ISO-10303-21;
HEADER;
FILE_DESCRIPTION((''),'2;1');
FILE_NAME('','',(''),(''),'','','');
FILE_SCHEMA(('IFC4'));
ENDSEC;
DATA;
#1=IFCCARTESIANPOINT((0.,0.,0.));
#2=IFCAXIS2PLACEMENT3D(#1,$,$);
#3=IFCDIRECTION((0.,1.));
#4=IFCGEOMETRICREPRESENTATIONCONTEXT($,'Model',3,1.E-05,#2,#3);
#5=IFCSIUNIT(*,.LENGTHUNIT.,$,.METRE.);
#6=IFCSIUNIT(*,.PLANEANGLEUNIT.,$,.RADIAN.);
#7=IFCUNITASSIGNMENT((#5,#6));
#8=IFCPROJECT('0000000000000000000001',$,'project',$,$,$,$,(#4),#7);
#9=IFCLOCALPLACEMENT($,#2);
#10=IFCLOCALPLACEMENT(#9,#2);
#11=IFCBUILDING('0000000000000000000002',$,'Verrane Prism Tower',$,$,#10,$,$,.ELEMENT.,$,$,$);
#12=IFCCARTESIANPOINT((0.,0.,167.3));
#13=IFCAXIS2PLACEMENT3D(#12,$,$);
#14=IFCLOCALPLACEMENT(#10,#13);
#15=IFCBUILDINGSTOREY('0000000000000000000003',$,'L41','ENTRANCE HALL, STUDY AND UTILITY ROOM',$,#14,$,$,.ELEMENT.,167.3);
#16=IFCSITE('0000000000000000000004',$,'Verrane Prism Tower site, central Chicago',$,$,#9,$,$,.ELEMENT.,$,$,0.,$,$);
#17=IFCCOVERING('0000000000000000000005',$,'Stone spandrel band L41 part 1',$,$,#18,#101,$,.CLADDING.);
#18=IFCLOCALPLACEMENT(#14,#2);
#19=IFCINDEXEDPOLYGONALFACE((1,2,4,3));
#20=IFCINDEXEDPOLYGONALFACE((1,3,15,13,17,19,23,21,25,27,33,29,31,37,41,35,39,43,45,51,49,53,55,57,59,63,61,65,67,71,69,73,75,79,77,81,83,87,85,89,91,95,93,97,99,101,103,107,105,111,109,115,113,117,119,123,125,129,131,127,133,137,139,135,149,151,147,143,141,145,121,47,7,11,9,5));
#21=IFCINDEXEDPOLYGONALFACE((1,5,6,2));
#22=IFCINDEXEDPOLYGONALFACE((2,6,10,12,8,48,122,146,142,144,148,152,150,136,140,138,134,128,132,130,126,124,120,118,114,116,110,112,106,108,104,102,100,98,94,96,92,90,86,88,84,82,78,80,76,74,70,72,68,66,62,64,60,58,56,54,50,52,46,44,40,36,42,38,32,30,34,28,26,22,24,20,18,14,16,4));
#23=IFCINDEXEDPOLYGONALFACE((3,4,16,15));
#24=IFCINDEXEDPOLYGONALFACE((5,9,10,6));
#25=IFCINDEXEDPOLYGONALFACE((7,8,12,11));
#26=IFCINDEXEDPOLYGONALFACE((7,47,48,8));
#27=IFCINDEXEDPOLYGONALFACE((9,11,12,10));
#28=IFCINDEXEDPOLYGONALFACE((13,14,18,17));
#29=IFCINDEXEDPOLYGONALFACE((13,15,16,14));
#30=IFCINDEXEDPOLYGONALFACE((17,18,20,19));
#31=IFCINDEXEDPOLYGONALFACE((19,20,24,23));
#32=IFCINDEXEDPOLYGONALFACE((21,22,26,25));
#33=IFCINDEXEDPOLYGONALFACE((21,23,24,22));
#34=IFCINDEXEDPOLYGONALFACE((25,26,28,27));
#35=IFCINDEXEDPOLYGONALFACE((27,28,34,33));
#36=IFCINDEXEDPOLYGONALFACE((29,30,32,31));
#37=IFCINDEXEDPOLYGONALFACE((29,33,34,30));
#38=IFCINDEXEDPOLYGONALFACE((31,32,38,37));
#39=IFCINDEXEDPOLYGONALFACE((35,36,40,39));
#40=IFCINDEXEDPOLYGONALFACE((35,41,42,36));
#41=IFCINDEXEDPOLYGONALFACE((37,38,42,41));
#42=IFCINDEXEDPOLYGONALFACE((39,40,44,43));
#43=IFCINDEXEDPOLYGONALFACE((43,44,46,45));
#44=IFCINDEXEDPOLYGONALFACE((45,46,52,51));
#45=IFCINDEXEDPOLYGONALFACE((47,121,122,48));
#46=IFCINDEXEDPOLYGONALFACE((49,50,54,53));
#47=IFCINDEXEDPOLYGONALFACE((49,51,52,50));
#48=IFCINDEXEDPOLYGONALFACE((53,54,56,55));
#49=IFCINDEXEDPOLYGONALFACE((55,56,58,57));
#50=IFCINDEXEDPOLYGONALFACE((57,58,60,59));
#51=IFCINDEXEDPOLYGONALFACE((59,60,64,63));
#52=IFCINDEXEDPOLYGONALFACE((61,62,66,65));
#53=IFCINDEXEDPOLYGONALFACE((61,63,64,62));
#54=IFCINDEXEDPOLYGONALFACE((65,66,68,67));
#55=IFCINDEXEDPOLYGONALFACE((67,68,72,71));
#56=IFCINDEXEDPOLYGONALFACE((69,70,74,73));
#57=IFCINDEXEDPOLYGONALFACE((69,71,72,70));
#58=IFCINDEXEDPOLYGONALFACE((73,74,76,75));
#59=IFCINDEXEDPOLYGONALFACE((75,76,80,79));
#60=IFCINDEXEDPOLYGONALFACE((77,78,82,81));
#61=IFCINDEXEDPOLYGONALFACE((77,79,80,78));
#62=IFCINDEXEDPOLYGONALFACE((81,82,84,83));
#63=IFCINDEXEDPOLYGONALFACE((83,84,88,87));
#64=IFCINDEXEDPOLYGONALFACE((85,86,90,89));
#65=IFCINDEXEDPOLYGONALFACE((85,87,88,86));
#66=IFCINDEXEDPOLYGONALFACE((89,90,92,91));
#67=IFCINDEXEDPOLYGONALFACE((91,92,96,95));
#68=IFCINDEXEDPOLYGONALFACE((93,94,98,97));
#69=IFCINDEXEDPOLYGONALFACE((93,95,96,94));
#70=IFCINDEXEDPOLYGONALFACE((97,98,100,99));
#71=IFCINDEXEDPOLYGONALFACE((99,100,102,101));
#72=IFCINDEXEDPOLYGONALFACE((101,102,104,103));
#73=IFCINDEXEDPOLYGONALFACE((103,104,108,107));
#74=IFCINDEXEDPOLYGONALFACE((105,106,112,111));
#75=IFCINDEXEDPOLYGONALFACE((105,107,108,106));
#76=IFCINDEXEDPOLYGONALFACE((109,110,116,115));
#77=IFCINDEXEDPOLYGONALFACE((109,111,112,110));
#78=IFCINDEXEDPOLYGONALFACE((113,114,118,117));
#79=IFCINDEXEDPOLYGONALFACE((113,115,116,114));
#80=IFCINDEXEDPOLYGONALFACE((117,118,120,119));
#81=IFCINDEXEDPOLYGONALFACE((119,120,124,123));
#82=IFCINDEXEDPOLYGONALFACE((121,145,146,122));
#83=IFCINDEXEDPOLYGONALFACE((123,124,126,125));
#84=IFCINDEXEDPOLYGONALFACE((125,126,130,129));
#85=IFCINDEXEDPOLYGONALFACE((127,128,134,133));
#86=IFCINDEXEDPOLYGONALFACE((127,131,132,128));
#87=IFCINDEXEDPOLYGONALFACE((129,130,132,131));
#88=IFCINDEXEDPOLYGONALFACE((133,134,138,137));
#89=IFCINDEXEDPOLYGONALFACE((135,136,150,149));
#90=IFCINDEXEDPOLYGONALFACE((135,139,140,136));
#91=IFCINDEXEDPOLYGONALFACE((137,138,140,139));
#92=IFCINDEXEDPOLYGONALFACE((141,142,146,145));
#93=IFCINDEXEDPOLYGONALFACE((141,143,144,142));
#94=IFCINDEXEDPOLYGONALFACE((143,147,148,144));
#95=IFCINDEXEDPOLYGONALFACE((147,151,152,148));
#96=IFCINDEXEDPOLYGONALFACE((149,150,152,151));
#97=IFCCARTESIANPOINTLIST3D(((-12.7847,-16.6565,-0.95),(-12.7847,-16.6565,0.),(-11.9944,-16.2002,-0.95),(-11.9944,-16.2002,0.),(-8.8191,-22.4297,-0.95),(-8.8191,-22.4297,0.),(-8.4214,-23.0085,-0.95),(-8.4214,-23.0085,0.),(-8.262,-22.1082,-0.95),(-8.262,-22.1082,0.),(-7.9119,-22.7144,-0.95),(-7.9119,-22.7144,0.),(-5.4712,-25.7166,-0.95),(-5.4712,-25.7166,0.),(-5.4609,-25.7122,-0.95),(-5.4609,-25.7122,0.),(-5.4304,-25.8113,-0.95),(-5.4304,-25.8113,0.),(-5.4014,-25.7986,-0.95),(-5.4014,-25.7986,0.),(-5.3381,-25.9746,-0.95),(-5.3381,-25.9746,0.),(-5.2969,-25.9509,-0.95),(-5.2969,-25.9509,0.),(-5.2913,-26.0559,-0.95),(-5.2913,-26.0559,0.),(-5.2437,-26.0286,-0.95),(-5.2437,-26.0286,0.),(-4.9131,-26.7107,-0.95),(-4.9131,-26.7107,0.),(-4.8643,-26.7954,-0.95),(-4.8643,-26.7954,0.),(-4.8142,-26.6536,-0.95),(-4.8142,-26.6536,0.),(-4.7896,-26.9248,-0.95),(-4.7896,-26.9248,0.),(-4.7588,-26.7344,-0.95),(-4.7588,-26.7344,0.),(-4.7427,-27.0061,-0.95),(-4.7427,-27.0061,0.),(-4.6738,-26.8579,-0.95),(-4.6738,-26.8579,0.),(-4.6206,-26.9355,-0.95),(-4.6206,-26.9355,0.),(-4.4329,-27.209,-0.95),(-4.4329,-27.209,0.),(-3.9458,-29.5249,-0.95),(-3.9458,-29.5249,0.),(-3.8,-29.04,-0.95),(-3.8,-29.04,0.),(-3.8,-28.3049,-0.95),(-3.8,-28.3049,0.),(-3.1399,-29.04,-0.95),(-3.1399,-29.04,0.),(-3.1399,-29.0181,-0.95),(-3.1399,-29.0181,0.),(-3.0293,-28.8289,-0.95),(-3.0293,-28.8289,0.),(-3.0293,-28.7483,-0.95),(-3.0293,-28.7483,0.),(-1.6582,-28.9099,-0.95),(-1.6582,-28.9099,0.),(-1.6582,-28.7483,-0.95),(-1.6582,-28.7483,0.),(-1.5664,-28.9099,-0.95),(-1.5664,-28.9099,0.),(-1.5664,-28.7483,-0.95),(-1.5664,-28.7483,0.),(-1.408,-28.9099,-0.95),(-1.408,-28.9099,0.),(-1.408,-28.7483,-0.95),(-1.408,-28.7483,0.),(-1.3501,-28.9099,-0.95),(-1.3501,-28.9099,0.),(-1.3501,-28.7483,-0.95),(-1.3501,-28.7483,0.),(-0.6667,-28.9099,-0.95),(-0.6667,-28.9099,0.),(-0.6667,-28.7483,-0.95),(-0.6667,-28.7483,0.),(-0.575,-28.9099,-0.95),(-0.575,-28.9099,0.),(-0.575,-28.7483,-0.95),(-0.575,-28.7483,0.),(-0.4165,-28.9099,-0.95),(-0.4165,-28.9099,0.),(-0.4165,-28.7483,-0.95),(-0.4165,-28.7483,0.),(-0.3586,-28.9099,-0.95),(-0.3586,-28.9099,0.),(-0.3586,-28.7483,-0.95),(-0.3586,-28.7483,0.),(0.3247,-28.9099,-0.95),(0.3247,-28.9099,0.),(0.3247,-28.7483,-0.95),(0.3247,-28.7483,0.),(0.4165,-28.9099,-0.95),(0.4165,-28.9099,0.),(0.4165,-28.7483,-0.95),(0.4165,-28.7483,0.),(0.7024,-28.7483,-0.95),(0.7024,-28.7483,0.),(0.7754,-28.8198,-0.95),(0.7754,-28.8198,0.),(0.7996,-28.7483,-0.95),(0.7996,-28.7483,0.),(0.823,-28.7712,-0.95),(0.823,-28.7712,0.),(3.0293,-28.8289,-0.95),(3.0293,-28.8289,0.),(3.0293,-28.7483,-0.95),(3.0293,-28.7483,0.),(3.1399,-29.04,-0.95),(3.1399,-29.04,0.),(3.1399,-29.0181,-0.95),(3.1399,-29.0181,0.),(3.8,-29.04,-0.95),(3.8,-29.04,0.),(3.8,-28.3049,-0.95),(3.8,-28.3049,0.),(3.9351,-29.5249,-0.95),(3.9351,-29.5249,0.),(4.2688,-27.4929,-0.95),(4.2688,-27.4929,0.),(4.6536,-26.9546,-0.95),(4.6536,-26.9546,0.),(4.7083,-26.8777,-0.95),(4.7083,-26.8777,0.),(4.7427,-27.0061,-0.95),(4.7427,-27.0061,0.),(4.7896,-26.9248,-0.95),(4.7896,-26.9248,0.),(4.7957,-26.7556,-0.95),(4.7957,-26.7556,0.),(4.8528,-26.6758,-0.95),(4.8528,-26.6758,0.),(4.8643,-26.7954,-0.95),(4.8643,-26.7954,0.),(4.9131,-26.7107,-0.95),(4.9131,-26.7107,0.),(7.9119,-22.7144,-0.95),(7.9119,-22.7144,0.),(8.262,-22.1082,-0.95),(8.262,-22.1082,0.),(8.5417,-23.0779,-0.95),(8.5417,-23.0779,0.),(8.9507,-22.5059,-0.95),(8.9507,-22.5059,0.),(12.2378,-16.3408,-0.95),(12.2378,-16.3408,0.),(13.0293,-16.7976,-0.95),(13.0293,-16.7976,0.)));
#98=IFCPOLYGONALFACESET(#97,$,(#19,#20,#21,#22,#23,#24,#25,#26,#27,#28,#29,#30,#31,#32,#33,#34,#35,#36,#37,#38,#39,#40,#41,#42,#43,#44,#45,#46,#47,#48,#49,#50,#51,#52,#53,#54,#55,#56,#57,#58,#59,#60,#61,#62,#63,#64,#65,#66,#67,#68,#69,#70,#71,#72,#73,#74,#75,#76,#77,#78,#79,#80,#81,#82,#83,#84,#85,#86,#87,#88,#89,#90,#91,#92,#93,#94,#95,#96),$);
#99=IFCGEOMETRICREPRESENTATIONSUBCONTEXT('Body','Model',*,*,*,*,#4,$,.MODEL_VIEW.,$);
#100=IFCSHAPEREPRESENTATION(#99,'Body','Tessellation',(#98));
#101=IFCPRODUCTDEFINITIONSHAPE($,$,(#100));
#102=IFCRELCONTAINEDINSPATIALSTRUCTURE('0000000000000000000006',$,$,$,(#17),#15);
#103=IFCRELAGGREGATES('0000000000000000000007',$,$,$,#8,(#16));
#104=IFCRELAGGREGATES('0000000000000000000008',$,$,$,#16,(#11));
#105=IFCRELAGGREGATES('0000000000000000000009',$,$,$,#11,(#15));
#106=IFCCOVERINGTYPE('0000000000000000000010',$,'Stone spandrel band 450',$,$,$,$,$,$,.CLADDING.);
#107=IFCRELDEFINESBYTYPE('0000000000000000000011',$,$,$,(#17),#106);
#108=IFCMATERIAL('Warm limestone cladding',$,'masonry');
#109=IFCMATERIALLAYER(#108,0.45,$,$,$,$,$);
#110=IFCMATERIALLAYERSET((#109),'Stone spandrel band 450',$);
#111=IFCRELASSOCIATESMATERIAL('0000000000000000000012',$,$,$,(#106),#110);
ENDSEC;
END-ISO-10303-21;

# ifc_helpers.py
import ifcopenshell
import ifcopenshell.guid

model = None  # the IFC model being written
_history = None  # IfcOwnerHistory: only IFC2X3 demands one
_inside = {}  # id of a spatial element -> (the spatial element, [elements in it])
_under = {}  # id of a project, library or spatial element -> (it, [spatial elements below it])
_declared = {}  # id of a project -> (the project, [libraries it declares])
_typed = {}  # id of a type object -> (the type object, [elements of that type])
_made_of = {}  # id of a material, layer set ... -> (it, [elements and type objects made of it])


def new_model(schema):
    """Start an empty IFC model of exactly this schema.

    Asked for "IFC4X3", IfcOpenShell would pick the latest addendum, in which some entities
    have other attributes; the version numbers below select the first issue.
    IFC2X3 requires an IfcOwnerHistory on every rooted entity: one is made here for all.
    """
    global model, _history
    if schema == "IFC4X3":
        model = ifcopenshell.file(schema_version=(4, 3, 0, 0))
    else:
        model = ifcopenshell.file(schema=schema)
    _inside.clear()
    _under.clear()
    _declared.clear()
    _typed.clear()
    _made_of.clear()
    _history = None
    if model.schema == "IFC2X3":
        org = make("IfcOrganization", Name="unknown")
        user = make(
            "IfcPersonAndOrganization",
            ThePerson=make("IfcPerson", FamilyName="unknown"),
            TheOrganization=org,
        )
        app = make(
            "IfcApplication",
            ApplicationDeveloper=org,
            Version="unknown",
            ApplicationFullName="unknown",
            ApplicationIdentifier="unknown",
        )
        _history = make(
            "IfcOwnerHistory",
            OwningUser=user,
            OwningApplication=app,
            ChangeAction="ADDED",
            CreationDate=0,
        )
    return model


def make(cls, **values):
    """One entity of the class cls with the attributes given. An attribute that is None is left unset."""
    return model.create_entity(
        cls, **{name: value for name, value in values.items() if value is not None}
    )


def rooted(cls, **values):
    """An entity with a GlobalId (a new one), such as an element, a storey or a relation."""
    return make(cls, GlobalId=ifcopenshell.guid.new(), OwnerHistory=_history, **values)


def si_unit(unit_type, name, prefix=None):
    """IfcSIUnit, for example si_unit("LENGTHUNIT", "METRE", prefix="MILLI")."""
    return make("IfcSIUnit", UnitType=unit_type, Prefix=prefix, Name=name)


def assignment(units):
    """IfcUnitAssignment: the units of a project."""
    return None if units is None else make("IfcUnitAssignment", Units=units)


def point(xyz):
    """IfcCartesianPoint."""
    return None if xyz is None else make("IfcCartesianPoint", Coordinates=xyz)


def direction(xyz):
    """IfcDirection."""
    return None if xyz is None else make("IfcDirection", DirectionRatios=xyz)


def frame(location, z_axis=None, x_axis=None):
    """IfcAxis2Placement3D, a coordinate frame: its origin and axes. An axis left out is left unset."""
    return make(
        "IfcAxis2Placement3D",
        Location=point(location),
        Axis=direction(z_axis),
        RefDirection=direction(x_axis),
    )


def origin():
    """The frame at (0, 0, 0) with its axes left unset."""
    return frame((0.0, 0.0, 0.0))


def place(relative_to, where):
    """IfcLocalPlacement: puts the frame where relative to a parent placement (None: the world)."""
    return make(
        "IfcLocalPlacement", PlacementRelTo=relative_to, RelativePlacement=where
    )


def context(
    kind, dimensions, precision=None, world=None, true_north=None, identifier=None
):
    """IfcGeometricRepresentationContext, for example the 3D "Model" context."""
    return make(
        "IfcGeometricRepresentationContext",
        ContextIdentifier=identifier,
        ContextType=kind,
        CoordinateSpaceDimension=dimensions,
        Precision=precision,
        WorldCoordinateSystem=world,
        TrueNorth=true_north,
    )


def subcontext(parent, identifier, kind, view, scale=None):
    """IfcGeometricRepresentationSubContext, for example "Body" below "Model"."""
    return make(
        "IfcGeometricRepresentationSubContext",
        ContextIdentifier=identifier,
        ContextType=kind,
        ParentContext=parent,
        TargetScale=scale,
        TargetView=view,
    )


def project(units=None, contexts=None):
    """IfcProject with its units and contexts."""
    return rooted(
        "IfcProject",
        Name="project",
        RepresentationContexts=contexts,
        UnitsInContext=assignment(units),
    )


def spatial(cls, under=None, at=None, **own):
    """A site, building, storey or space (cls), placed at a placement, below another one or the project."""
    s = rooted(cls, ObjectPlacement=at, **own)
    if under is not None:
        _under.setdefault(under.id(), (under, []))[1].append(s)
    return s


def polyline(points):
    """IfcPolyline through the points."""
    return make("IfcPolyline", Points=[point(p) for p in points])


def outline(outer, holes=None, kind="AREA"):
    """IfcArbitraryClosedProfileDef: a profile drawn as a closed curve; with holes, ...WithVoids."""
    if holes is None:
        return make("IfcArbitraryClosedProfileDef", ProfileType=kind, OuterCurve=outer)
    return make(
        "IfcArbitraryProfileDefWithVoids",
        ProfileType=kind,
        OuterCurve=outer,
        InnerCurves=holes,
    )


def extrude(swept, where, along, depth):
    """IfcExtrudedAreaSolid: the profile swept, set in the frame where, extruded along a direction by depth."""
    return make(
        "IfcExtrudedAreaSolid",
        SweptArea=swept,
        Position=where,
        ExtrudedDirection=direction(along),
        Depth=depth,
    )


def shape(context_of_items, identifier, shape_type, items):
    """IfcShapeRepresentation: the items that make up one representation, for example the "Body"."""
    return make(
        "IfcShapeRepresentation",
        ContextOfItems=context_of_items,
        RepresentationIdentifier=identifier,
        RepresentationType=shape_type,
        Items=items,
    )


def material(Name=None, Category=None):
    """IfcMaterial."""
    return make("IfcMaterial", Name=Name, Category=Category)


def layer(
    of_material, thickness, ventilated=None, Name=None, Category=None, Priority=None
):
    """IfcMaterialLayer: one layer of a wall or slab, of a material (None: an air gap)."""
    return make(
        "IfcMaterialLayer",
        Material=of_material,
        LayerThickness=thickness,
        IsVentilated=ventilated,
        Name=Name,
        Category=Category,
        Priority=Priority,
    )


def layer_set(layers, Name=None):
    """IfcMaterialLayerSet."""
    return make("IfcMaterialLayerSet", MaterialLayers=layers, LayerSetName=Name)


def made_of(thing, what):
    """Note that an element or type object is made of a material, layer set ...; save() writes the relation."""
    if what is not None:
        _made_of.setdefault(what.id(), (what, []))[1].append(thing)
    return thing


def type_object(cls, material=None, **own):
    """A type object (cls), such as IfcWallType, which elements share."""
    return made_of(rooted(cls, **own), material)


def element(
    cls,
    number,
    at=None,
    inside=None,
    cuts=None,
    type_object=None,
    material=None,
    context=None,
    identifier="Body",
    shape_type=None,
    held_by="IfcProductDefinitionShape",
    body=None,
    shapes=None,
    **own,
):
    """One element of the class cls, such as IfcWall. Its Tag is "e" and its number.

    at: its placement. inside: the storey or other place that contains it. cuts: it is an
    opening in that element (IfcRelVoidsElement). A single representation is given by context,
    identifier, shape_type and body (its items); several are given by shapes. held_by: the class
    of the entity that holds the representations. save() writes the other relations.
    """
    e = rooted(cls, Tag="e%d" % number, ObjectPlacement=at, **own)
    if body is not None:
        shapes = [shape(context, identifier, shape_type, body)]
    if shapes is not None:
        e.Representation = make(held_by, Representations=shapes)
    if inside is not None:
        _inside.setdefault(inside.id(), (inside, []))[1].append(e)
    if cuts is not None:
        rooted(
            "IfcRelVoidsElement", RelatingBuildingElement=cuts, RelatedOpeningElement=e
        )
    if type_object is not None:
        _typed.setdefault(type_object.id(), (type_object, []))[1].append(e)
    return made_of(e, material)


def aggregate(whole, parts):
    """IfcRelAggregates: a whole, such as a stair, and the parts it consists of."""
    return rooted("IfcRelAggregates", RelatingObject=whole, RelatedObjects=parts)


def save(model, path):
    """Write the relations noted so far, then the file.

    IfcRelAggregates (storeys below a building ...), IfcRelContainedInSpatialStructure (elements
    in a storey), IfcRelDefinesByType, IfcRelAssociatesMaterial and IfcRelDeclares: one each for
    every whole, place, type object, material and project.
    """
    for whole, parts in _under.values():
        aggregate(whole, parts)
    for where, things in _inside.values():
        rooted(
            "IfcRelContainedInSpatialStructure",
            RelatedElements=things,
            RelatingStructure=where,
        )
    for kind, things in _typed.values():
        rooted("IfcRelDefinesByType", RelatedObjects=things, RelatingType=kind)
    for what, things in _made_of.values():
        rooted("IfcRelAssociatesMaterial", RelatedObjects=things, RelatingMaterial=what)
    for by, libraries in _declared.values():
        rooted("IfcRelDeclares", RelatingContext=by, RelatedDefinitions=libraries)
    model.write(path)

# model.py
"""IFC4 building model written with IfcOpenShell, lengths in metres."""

from ifc_helpers import new_model, si_unit, direction, frame, origin, place, context, subcontext, project, spatial, polyline, outline, extrude, material, layer, layer_set, type_object, element, save


model = new_model("IFC4")

# Units and contexts
model_context = context("Model", 3, precision=1e-05, world=origin(), true_north=direction((0.0, 1.0)))
body_context = subcontext(model_context, "Body", "Model", "MODEL_VIEW")
ifc_project = project(units=[si_unit("LENGTHUNIT", "METRE"), si_unit("PLANEANGLEUNIT", "RADIAN")], contexts=[model_context])

# Site, building, storey
site_placement = place(None, origin())
site = spatial("IfcSite", under=ifc_project, at=site_placement, Name="Verrane Prism Tower site, central Chicago", CompositionType="ELEMENT", RefElevation=0.0)
building_placement = place(site_placement, origin())
building = spatial("IfcBuilding", under=site, at=building_placement, Name="Verrane Prism Tower", CompositionType="ELEMENT")
storey_placement = place(building_placement, frame((0.0, 0.0, 167.3)))
storey = spatial("IfcBuildingStorey", under=building, at=storey_placement, Name="L41", Description="ENTRANCE HALL, STUDY AND UTILITY ROOM", CompositionType="ELEMENT", Elevation=167.3)

# Covering
ifc_material_1 = material(Name="Warm limestone cladding", Category="masonry")
ifc_layer_1 = layer(ifc_material_1, 0.45)
ifc_layer_set_1 = layer_set([ifc_layer_1], Name="Stone spandrel band 450")
covering_type = type_object("IfcCoveringType", Name="Stone spandrel band 450", PredefinedType="CLADDING", material=ifc_layer_set_1)
covering_1_placement = place(storey_placement, frame((0.0, 0.0, -0.95)))
element("IfcCovering", 1, at=covering_1_placement, inside=storey, type_object=covering_type, Name="Stone spandrel band L41 part 1", PredefinedType="CLADDING", context=body_context, shape_type="SweptSolid", body=[
    extrude(outline(polyline([(3.9351, -29.5249), (8.5417, -23.0779), (7.9119, -22.7144), (8.262, -22.1082), (8.9507, -22.5059), (13.0293, -16.7976), (12.2378, -16.3408), (4.8528, -26.6758), (4.9131, -26.7107), (4.8643, -26.7954), (4.7957, -26.7556), (4.7083, -26.8777), (4.7896, -26.9248), (4.7427, -27.0061), (4.6536, -26.9546), (4.2688, -27.4929), (3.8, -28.3049), (3.8, -29.04), (3.1399, -29.04), (3.1399, -29.0181), (3.0293, -28.8289), (3.0293, -28.7483), (0.7996, -28.7483), (0.823, -28.7712), (0.7754, -28.8198), (0.7024, -28.7483), (0.4165, -28.7483), (0.4165, -28.9099), (0.3247, -28.9099), (0.3247, -28.7483), (-0.3586, -28.7483), (-0.3586, -28.9099), (-0.4165, -28.9099), (-0.4165, -28.7483), (-0.575, -28.7483), (-0.575, -28.9099), (-0.6667, -28.9099), (-0.6667, -28.7483), (-1.3501, -28.7483), (-1.3501, -28.9099), (-1.408, -28.9099), (-1.408, -28.7483), (-1.5664, -28.7483), (-1.5664, -28.9099), (-1.6582, -28.9099), (-1.6582, -28.7483), (-3.0293, -28.7483), (-3.0293, -28.8289), (-3.1399, -29.0181), (-3.1399, -29.04), (-3.8, -29.04), (-3.8, -28.3049), (-4.4329, -27.209), (-4.6206, -26.9355), (-4.7427, -27.0061), (-4.7896, -26.9248), (-4.6738, -26.8579), (-4.7588, -26.7344), (-4.8643, -26.7954), (-4.9131, -26.7107), (-4.8142, -26.6536), (-5.2437, -26.0286), (-5.2913, -26.0559), (-5.3381, -25.9746), (-5.2969, -25.9509), (-5.4014, -25.7986), (-5.4304, -25.8113), (-5.4712, -25.7166), (-5.4609, -25.7122), (-11.9944, -16.2002), (-12.7847, -16.6565), (-8.8191, -22.4297), (-8.262, -22.1082), (-7.9119, -22.7144), (-8.4214, -23.0085), (-3.9458, -29.5249), (3.9351, -29.5249)])), origin(), (0.0, 0.0, 1.0), 0.95),
])

save(model, "model.ifc")
